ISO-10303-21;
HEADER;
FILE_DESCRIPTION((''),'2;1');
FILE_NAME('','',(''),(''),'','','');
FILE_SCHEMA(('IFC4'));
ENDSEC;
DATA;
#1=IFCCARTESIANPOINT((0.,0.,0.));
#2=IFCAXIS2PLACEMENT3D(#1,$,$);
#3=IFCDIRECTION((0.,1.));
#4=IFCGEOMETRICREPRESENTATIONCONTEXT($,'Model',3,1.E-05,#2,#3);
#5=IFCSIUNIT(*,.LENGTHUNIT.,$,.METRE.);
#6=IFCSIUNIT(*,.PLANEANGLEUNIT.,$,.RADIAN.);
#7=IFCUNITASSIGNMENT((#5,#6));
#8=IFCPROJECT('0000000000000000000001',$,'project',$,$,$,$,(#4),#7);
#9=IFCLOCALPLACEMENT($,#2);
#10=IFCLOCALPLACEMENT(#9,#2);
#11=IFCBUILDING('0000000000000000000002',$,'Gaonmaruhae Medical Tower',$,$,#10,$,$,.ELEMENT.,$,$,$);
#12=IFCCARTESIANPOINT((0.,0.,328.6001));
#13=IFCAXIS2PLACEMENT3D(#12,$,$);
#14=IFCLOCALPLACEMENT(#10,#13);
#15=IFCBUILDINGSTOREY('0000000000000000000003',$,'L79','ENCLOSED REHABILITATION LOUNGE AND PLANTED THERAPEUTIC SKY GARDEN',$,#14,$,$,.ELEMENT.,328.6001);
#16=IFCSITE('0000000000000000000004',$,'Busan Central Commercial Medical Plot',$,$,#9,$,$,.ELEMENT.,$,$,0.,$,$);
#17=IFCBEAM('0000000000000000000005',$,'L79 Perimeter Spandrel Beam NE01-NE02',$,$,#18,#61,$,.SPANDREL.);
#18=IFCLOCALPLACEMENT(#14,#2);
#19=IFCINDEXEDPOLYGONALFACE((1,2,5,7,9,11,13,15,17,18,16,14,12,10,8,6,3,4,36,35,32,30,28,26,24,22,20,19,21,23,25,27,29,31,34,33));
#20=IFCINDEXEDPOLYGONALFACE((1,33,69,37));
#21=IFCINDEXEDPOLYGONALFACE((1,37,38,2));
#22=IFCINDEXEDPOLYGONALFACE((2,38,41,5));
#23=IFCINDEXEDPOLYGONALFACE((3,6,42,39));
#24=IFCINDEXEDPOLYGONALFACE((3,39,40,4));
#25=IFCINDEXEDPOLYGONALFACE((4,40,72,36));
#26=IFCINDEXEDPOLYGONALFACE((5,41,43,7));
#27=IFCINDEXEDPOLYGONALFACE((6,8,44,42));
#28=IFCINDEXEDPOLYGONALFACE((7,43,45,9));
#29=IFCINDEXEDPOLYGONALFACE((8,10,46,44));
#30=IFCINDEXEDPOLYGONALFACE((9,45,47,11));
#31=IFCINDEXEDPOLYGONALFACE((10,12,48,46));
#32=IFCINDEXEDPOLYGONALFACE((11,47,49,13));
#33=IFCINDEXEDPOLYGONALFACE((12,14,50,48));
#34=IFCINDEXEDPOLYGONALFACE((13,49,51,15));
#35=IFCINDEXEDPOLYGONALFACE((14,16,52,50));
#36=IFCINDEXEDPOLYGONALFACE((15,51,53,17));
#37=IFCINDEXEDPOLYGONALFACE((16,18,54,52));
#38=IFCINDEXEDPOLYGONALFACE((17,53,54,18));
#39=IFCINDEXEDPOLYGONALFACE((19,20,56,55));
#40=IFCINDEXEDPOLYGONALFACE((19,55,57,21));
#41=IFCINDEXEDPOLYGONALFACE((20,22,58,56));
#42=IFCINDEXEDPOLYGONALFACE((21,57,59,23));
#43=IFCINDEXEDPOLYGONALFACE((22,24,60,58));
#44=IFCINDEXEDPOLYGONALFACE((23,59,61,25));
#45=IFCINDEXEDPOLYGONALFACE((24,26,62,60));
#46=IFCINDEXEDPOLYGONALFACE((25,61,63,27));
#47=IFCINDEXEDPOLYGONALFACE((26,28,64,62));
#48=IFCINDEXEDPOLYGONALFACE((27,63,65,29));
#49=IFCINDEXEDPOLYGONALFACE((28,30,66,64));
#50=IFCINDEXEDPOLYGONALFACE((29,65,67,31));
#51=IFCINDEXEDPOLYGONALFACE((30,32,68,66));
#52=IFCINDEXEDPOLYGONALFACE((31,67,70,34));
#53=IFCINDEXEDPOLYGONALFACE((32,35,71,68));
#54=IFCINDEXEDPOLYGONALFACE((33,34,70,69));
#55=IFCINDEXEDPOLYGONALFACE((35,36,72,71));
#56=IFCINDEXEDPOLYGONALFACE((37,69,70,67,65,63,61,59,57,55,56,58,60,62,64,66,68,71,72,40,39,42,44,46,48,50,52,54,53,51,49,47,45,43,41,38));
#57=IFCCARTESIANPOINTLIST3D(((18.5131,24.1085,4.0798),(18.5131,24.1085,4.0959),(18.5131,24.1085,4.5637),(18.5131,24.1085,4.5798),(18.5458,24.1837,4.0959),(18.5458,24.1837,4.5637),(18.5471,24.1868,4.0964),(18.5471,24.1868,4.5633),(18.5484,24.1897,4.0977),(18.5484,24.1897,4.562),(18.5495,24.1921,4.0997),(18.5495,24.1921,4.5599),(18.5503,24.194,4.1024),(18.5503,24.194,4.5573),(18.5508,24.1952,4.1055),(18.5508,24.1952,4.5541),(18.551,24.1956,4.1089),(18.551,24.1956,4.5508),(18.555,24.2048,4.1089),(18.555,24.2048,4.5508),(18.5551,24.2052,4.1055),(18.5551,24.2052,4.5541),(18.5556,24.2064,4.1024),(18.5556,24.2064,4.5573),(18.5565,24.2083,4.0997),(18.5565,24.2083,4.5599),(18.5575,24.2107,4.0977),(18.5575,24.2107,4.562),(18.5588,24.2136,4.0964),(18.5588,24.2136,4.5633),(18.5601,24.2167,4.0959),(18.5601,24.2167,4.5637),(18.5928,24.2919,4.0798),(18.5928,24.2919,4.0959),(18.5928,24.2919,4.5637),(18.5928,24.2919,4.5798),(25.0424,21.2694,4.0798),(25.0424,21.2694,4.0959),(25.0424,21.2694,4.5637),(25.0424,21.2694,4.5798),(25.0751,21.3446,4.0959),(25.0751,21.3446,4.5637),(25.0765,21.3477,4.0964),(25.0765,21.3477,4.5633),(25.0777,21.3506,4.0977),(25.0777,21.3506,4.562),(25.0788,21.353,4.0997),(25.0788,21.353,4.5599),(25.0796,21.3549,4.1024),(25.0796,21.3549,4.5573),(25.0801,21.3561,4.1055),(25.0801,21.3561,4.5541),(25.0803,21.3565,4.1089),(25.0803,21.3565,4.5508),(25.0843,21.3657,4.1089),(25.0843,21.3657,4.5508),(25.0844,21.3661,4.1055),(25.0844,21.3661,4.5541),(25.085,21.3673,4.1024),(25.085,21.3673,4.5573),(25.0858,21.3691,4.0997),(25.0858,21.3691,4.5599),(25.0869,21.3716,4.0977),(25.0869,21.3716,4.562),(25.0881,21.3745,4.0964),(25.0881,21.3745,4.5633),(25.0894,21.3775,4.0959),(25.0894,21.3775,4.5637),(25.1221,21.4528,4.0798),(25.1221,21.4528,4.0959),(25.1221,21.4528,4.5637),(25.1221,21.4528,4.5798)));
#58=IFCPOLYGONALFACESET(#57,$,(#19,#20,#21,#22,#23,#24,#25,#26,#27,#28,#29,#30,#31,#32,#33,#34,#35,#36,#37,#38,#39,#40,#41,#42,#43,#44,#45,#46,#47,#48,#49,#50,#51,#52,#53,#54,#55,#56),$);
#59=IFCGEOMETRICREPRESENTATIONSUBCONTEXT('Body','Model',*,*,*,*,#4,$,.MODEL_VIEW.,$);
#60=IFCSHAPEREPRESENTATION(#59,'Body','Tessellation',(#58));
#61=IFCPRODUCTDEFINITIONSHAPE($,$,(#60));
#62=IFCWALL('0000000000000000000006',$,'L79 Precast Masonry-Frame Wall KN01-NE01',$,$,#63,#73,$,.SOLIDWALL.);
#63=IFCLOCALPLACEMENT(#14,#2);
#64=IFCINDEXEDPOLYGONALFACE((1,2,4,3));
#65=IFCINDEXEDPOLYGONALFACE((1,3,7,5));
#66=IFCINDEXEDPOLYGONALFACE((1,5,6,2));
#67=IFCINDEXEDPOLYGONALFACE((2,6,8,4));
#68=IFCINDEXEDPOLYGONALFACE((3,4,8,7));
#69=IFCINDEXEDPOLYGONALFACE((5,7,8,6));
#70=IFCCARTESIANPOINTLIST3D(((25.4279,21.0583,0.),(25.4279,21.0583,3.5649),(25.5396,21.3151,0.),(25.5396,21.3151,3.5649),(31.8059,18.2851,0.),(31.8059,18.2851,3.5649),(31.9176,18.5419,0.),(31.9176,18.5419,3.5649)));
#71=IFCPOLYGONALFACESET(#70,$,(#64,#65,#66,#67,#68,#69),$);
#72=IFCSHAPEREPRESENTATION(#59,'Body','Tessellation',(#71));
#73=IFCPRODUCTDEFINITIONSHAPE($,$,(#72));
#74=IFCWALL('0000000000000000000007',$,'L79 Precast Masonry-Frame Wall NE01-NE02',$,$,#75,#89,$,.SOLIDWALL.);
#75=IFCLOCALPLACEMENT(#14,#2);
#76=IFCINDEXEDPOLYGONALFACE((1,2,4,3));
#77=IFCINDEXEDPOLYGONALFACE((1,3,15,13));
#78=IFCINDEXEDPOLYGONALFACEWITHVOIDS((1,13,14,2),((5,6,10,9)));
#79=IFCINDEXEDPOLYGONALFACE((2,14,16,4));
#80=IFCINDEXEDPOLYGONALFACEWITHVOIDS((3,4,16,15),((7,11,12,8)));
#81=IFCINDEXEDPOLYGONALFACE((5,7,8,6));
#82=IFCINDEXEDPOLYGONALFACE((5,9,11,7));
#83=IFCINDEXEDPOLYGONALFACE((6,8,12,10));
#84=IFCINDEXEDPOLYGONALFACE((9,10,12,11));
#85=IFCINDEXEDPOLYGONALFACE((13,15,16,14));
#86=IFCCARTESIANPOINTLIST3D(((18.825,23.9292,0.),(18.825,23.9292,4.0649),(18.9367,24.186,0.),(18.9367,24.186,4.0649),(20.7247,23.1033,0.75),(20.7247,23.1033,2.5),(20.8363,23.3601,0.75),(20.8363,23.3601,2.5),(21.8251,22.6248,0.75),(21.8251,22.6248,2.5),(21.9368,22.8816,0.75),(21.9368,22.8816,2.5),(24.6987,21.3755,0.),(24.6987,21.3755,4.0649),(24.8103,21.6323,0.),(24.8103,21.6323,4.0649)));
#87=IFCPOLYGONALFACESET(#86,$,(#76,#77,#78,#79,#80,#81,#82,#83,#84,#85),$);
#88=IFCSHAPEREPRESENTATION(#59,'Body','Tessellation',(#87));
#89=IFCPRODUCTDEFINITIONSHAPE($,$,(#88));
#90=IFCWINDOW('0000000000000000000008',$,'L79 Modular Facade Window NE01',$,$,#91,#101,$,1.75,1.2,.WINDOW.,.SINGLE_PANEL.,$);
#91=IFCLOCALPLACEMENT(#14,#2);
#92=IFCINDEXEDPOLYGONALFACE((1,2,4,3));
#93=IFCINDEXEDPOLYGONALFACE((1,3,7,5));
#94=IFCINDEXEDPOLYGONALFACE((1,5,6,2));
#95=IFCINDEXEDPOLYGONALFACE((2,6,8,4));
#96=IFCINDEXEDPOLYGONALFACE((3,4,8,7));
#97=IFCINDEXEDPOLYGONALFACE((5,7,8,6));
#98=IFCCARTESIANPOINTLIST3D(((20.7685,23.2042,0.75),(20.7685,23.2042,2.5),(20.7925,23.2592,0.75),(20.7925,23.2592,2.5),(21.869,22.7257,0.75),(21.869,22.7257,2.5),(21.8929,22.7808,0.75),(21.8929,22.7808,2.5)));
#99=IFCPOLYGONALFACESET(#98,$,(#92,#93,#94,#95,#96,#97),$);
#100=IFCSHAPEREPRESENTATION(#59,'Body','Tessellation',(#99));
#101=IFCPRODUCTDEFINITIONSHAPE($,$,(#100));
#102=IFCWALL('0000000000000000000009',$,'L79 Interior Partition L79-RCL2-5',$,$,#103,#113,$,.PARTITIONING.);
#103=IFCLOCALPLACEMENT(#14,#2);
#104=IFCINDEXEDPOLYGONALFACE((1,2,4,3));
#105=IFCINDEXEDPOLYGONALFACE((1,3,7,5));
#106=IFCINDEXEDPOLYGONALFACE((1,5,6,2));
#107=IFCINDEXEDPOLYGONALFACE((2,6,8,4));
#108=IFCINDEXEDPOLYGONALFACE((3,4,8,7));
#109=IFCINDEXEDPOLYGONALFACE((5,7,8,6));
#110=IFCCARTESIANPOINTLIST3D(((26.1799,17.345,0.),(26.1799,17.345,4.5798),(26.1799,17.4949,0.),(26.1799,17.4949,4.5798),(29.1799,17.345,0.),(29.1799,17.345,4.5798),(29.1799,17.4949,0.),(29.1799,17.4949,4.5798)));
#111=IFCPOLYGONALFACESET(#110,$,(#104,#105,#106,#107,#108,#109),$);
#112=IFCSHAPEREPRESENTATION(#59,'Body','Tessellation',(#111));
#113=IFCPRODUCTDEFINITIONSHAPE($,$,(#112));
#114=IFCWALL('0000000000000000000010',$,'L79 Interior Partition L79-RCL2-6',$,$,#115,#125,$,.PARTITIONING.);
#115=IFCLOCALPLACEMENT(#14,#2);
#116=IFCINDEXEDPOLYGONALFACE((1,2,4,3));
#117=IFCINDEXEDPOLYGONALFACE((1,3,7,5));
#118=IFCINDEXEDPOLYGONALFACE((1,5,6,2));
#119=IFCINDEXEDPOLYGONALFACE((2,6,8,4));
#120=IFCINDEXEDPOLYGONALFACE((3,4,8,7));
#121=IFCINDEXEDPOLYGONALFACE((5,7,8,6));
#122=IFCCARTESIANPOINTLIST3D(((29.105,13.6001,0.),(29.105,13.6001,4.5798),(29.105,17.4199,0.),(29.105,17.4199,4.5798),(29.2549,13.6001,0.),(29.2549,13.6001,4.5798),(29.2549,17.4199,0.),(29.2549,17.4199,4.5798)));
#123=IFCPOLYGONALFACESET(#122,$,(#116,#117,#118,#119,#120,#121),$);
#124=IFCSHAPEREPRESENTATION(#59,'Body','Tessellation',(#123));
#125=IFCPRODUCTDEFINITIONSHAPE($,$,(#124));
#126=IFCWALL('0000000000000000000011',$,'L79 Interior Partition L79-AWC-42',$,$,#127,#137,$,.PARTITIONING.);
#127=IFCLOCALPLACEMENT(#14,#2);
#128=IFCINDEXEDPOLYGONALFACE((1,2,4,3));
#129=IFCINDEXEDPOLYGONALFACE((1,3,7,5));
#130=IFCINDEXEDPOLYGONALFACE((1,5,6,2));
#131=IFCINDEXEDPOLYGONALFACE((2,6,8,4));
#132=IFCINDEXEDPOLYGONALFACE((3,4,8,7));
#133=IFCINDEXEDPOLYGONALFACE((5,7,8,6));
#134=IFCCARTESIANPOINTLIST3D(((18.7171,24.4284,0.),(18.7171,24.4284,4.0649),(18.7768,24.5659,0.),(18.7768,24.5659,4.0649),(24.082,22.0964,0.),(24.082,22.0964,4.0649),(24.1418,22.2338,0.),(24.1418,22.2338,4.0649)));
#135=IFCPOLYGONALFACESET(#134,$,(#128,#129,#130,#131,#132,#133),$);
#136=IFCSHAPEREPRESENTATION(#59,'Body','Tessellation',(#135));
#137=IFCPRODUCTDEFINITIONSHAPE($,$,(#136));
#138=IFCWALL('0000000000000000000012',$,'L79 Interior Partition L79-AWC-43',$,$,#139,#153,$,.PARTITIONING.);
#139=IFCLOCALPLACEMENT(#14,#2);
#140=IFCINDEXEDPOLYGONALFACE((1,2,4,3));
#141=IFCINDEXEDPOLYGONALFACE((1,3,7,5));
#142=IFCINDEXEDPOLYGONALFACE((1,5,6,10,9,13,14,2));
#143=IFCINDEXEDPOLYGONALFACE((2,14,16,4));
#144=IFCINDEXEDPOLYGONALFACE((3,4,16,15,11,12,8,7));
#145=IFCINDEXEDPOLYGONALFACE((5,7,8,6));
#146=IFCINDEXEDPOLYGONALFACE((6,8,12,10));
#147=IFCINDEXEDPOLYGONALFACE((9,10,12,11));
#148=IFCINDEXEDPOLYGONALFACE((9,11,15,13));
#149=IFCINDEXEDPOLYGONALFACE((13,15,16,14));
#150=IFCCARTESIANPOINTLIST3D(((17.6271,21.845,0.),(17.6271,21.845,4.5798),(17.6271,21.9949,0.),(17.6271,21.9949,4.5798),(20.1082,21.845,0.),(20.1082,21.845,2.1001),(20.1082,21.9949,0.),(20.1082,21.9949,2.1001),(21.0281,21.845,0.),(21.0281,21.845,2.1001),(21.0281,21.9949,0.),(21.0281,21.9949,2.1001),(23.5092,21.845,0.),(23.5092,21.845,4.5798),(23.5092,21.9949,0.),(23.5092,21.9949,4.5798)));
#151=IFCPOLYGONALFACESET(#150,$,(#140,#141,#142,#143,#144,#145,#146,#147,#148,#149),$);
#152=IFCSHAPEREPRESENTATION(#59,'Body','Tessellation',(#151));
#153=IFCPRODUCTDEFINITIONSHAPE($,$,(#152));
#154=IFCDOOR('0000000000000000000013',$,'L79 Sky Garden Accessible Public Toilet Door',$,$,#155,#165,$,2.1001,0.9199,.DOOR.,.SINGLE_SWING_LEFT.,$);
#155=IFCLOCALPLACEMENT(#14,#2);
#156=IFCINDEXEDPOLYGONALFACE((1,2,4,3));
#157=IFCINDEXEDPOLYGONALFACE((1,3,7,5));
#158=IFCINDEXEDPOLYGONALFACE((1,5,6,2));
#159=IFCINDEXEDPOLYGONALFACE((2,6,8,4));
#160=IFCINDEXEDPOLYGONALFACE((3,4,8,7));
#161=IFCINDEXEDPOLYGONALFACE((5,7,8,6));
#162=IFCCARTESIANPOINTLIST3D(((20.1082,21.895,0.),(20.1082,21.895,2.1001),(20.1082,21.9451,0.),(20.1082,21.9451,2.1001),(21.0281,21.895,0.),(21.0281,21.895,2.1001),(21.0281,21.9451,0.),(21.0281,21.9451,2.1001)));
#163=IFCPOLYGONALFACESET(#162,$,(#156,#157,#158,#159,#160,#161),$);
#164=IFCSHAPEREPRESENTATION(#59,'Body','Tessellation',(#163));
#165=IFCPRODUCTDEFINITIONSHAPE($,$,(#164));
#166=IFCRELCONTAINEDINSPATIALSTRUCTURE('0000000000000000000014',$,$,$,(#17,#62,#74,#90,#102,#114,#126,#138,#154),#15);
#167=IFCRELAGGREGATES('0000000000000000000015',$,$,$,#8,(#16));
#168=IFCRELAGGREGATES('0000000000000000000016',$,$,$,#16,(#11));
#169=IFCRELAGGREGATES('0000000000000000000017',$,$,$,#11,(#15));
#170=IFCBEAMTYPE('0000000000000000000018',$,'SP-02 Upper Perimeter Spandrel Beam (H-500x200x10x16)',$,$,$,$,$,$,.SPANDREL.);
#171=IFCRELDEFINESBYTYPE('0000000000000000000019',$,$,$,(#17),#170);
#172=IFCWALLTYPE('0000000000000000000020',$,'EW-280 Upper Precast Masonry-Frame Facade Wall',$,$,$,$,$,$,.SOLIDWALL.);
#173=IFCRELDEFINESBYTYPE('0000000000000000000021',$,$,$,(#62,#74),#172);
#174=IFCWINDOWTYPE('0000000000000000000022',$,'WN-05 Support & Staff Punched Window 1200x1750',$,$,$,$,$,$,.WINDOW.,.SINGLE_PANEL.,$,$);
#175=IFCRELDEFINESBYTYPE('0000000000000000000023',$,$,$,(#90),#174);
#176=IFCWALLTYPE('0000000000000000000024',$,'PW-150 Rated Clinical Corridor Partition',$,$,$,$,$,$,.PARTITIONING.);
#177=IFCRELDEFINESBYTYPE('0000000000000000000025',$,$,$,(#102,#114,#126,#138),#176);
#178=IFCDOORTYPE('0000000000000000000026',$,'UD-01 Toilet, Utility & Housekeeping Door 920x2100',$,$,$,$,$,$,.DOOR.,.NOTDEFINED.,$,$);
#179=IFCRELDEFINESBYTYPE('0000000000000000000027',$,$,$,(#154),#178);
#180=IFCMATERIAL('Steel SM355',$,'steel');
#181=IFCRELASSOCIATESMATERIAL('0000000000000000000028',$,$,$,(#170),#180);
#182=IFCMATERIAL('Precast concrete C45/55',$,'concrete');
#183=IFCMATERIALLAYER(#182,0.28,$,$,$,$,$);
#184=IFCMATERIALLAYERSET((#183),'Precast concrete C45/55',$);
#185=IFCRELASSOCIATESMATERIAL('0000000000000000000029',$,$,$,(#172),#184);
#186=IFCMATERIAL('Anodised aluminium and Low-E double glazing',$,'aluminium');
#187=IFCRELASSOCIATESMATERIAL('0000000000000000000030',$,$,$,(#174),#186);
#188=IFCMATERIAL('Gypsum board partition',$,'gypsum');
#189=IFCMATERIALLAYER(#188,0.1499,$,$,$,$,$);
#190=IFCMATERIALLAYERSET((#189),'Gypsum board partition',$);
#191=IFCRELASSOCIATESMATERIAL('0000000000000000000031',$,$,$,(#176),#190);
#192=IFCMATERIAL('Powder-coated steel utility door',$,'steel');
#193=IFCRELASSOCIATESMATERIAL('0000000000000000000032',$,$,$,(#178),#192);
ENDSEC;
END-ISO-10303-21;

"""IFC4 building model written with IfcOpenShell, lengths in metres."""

from ifc_helpers import new_model, si_unit, direction, frame, frame_2d, origin, origin_2d, place, context, subcontext, project, spatial, rectangle, i_section, extrude, material, layer, layer_set, material_profile, profile_set, type_object, element, fill, save


model = new_model("IFC4")

# Units and contexts
model_context = context("Model", 3, precision=1e-05, world=origin(), true_north=direction((0.0, 1.0)))
body_context = subcontext(model_context, "Body", "Model", "MODEL_VIEW")
ifc_project = project(units=[si_unit("LENGTHUNIT", "METRE"), si_unit("PLANEANGLEUNIT", "RADIAN")], contexts=[model_context])

# Site, building, storey
site_placement = place(None, origin())
site = spatial("IfcSite", under=ifc_project, at=site_placement, Name="Busan Central Commercial Medical Plot", CompositionType="ELEMENT", RefElevation=0.0)
building_placement = place(site_placement, origin())
building = spatial("IfcBuilding", under=site, at=building_placement, Name="Gaonmaruhae Medical Tower", CompositionType="ELEMENT")
storey_placement = place(building_placement, frame((0.0, 0.0, 328.6001)))
storey = spatial("IfcBuildingStorey", under=building, at=storey_placement, Name="L79", Description="ENCLOSED REHABILITATION LOUNGE AND PLANTED THERAPEUTIC SKY GARDEN", CompositionType="ELEMENT", Elevation=328.6001)

# Beam
ifc_material_1 = material(Name="Steel SM355", Category="steel")
ifc_material_profile_1 = material_profile(ifc_material_1, i_section(OverallWidth=0.2, OverallDepth=0.5, WebThickness=0.01, FlangeThickness=0.0161, FilletRadius=0.0129, at=origin_2d()), Name="H-500x200x10x16")
ifc_profile_set_1 = profile_set([ifc_material_profile_1], Name="Steel SM355")
beam_type_1 = type_object("IfcBeamType", Name="SP-02 Upper Perimeter Spandrel Beam (H-500x200x10x16)", PredefinedType="SPANDREL", material=ifc_profile_set_1)
beam_1_placement = place(storey_placement, frame((25.0823, 21.3611, 4.3298), z_axis=(-0.917055, 0.39876, 0.0), x_axis=(-0.39876, -0.917055, 0.0)))
element("IfcBeam", 1, at=beam_1_placement, inside=storey, type_object=beam_type_1, Name="L79 Perimeter Spandrel Beam NE01-NE02", PredefinedType="SPANDREL", context=body_context, shape_type="SweptSolid", body=[
    extrude(i_section(OverallWidth=0.2, OverallDepth=0.5, WebThickness=0.01, FlangeThickness=0.0161, FilletRadius=0.0129, at=origin_2d()), origin(), (0.0, 0.0, 1.0), 7.1199),
])

# Wall
ifc_material_2 = material(Name="Precast concrete C45/55", Category="concrete")
ifc_layer_1 = layer(ifc_material_2, 0.28)
ifc_layer_set_1 = layer_set([ifc_layer_1], Name="Precast concrete C45/55")
wall_type_1 = type_object("IfcWallType", Name="EW-280 Upper Precast Masonry-Frame Facade Wall", PredefinedType="SOLIDWALL", material=ifc_layer_set_1)
wall_1_placement = place(storey_placement, frame((25.4836, 21.1868, 0.0), z_axis=(0.0, 0.0, 1.0), x_axis=(0.917061, -0.398748, 0.0)))
element("IfcWall", 2, at=wall_1_placement, inside=storey, type_object=wall_type_1, Name="L79 Precast Masonry-Frame Wall KN01-NE01", PredefinedType="SOLIDWALL", context=body_context, shape_type="SweptSolid", body=[
    extrude(rectangle(XDim=6.9548, YDim=0.28, at=frame_2d((3.4775, 0.0))), origin(), (0.0, 0.0, 1.0), 3.5649),
])

# Wall, opening, window
wall_2_placement = place(storey_placement, frame((18.8809, 24.0576, 0.0), z_axis=(0.0, 0.0, 1.0), x_axis=(0.91707, -0.398726, 0.0)))
wall_2 = element("IfcWall", 3, at=wall_2_placement, inside=storey, type_object=wall_type_1, Name="L79 Precast Masonry-Frame Wall NE01-NE02", PredefinedType="SOLIDWALL", context=body_context, shape_type="SweptSolid", body=[
    extrude(rectangle(XDim=6.4048, YDim=0.28, at=frame_2d((3.2024, 0.0))), origin(), (0.0, 0.0, 1.0), 4.0649),
])
opening_1_placement = place(wall_2_placement, frame((2.0713, 0.0, 0.75)))
opening_1 = element("IfcOpeningElement", 4, at=opening_1_placement, cuts=wall_2, PredefinedType="OPENING", context=body_context, shape_type="SweptSolid", body=[
    extrude(rectangle(XDim=1.2, YDim=1.75, at=frame_2d((0.6001, 0.875))), frame((0.0, 0.1499, 0.0), z_axis=(0.0, -1.0, 0.0), x_axis=(1.0, 0.0, 0.0)), (0.0, 0.0, 1.0), 0.3),
])
ifc_material_3 = material(Name="Anodised aluminium and Low-E double glazing", Category="aluminium")
window_type = type_object("IfcWindowType", Name="WN-05 Support & Staff Punched Window 1200x1750", PartitioningType="SINGLE_PANEL", PredefinedType="WINDOW", material=ifc_material_3)
window_placement = place(opening_1_placement, origin())
window = element("IfcWindow", 5, at=window_placement, inside=storey, type_object=window_type, Name="L79 Modular Facade Window NE01", OverallHeight=1.75, OverallWidth=1.2, PartitioningType="SINGLE_PANEL", PredefinedType="WINDOW", context=body_context, shape_type="SweptSolid", body=[
    extrude(rectangle(XDim=1.2, YDim=1.75, at=frame_2d((0.6001, 0.875))), frame((0.0, 0.03, 0.0), z_axis=(0.0, -1.0, 0.0), x_axis=(1.0, 0.0, 0.0)), (0.0, 0.0, 1.0), 0.0601),
])
fill(opening_1, window)

# Walls
ifc_material_4 = material(Name="Gypsum board partition", Category="gypsum")
ifc_layer_2 = layer(ifc_material_4, 0.1499)
ifc_layer_set_2 = layer_set([ifc_layer_2], Name="Gypsum board partition")
wall_type_2 = type_object("IfcWallType", Name="PW-150 Rated Clinical Corridor Partition", PredefinedType="PARTITIONING", material=ifc_layer_set_2)
wall_3_placement = place(storey_placement, frame((26.1799, 17.4199, 0.0), z_axis=(0.0, 0.0, 1.0), x_axis=(1.0, 0.0, 0.0)))
element("IfcWall", 6, at=wall_3_placement, inside=storey, type_object=wall_type_2, Name="L79 Interior Partition L79-RCL2-5", PredefinedType="PARTITIONING", context=body_context, shape_type="SweptSolid", body=[
    extrude(rectangle(XDim=3.0, YDim=0.1499, at=frame_2d((1.5, 0.0))), origin(), (0.0, 0.0, 1.0), 4.5798),
])
wall_4_placement = place(storey_placement, frame((29.1799, 17.4199, 0.0), z_axis=(0.0, 0.0, 1.0), x_axis=(0.0, -1.0, 0.0)))
element("IfcWall", 7, at=wall_4_placement, inside=storey, type_object=wall_type_2, Name="L79 Interior Partition L79-RCL2-6", PredefinedType="PARTITIONING", context=body_context, shape_type="SweptSolid", body=[
    extrude(rectangle(XDim=3.8198, YDim=0.1499, at=frame_2d((1.9099, 0.0))), origin(), (0.0, 0.0, 1.0), 4.5798),
])
wall_5_placement = place(storey_placement, frame((18.7471, 24.4971, 0.0), z_axis=(0.0, 0.0, 1.0), x_axis=(0.917106, -0.398644, 0.0)))
element("IfcWall", 8, at=wall_5_placement, inside=storey, type_object=wall_type_2, Name="L79 Interior Partition L79-AWC-42", PredefinedType="PARTITIONING", context=body_context, shape_type="SweptSolid", body=[
    extrude(rectangle(XDim=5.8499, YDim=0.1499, at=frame_2d((2.9248, 0.0))), origin(), (0.0, 0.0, 1.0), 4.0649),
])

# Wall, opening, door
wall_6_placement = place(storey_placement, frame((23.509, 21.9199, 0.0), z_axis=(0.0, 0.0, 1.0), x_axis=(-1.0, 0.0, 0.0)))
wall_6 = element("IfcWall", 9, at=wall_6_placement, inside=storey, type_object=wall_type_2, Name="L79 Interior Partition L79-AWC-43", PredefinedType="PARTITIONING", context=body_context, shape_type="SweptSolid", body=[
    extrude(rectangle(XDim=5.8821, YDim=0.1499, at=frame_2d((2.9409, 0.0))), origin(), (0.0, 0.0, 1.0), 4.5798),
])
opening_2_placement = place(wall_6_placement, frame((2.481, 0.0, 0.0)))
opening_2 = element("IfcOpeningElement", 10, at=opening_2_placement, cuts=wall_6, PredefinedType="OPENING", context=body_context, shape_type="SweptSolid", body=[
    extrude(rectangle(XDim=0.9199, YDim=2.1001, at=frame_2d((0.46, 1.05))), frame((0.0, 0.085, 0.0), z_axis=(0.0, -1.0, 0.0), x_axis=(1.0, 0.0, 0.0)), (0.0, 0.0, 1.0), 0.1699),
])
ifc_material_5 = material(Name="Powder-coated steel utility door", Category="steel")
door_type_1 = type_object("IfcDoorType", Name="UD-01 Toilet, Utility & Housekeeping Door 920x2100", OperationType="NOTDEFINED", PredefinedType="DOOR", material=ifc_material_5)
door_1_placement = place(opening_2_placement, origin())
door_1 = element("IfcDoor", 11, at=door_1_placement, inside=storey, type_object=door_type_1, Name="L79 Sky Garden Accessible Public Toilet Door", OperationType="SINGLE_SWING_LEFT", OverallHeight=2.1001, OverallWidth=0.9199, PredefinedType="DOOR", context=body_context, shape_type="SweptSolid", body=[
    extrude(rectangle(XDim=0.9199, YDim=2.1001, at=frame_2d((0.46, 1.05))), frame((0.0, 0.0249, 0.0), z_axis=(0.0, -1.0, 0.0), x_axis=(1.0, 0.0, 0.0)), (0.0, 0.0, 1.0), 0.05),
])
fill(opening_2, door_1)

save(model, "model.ifc")
